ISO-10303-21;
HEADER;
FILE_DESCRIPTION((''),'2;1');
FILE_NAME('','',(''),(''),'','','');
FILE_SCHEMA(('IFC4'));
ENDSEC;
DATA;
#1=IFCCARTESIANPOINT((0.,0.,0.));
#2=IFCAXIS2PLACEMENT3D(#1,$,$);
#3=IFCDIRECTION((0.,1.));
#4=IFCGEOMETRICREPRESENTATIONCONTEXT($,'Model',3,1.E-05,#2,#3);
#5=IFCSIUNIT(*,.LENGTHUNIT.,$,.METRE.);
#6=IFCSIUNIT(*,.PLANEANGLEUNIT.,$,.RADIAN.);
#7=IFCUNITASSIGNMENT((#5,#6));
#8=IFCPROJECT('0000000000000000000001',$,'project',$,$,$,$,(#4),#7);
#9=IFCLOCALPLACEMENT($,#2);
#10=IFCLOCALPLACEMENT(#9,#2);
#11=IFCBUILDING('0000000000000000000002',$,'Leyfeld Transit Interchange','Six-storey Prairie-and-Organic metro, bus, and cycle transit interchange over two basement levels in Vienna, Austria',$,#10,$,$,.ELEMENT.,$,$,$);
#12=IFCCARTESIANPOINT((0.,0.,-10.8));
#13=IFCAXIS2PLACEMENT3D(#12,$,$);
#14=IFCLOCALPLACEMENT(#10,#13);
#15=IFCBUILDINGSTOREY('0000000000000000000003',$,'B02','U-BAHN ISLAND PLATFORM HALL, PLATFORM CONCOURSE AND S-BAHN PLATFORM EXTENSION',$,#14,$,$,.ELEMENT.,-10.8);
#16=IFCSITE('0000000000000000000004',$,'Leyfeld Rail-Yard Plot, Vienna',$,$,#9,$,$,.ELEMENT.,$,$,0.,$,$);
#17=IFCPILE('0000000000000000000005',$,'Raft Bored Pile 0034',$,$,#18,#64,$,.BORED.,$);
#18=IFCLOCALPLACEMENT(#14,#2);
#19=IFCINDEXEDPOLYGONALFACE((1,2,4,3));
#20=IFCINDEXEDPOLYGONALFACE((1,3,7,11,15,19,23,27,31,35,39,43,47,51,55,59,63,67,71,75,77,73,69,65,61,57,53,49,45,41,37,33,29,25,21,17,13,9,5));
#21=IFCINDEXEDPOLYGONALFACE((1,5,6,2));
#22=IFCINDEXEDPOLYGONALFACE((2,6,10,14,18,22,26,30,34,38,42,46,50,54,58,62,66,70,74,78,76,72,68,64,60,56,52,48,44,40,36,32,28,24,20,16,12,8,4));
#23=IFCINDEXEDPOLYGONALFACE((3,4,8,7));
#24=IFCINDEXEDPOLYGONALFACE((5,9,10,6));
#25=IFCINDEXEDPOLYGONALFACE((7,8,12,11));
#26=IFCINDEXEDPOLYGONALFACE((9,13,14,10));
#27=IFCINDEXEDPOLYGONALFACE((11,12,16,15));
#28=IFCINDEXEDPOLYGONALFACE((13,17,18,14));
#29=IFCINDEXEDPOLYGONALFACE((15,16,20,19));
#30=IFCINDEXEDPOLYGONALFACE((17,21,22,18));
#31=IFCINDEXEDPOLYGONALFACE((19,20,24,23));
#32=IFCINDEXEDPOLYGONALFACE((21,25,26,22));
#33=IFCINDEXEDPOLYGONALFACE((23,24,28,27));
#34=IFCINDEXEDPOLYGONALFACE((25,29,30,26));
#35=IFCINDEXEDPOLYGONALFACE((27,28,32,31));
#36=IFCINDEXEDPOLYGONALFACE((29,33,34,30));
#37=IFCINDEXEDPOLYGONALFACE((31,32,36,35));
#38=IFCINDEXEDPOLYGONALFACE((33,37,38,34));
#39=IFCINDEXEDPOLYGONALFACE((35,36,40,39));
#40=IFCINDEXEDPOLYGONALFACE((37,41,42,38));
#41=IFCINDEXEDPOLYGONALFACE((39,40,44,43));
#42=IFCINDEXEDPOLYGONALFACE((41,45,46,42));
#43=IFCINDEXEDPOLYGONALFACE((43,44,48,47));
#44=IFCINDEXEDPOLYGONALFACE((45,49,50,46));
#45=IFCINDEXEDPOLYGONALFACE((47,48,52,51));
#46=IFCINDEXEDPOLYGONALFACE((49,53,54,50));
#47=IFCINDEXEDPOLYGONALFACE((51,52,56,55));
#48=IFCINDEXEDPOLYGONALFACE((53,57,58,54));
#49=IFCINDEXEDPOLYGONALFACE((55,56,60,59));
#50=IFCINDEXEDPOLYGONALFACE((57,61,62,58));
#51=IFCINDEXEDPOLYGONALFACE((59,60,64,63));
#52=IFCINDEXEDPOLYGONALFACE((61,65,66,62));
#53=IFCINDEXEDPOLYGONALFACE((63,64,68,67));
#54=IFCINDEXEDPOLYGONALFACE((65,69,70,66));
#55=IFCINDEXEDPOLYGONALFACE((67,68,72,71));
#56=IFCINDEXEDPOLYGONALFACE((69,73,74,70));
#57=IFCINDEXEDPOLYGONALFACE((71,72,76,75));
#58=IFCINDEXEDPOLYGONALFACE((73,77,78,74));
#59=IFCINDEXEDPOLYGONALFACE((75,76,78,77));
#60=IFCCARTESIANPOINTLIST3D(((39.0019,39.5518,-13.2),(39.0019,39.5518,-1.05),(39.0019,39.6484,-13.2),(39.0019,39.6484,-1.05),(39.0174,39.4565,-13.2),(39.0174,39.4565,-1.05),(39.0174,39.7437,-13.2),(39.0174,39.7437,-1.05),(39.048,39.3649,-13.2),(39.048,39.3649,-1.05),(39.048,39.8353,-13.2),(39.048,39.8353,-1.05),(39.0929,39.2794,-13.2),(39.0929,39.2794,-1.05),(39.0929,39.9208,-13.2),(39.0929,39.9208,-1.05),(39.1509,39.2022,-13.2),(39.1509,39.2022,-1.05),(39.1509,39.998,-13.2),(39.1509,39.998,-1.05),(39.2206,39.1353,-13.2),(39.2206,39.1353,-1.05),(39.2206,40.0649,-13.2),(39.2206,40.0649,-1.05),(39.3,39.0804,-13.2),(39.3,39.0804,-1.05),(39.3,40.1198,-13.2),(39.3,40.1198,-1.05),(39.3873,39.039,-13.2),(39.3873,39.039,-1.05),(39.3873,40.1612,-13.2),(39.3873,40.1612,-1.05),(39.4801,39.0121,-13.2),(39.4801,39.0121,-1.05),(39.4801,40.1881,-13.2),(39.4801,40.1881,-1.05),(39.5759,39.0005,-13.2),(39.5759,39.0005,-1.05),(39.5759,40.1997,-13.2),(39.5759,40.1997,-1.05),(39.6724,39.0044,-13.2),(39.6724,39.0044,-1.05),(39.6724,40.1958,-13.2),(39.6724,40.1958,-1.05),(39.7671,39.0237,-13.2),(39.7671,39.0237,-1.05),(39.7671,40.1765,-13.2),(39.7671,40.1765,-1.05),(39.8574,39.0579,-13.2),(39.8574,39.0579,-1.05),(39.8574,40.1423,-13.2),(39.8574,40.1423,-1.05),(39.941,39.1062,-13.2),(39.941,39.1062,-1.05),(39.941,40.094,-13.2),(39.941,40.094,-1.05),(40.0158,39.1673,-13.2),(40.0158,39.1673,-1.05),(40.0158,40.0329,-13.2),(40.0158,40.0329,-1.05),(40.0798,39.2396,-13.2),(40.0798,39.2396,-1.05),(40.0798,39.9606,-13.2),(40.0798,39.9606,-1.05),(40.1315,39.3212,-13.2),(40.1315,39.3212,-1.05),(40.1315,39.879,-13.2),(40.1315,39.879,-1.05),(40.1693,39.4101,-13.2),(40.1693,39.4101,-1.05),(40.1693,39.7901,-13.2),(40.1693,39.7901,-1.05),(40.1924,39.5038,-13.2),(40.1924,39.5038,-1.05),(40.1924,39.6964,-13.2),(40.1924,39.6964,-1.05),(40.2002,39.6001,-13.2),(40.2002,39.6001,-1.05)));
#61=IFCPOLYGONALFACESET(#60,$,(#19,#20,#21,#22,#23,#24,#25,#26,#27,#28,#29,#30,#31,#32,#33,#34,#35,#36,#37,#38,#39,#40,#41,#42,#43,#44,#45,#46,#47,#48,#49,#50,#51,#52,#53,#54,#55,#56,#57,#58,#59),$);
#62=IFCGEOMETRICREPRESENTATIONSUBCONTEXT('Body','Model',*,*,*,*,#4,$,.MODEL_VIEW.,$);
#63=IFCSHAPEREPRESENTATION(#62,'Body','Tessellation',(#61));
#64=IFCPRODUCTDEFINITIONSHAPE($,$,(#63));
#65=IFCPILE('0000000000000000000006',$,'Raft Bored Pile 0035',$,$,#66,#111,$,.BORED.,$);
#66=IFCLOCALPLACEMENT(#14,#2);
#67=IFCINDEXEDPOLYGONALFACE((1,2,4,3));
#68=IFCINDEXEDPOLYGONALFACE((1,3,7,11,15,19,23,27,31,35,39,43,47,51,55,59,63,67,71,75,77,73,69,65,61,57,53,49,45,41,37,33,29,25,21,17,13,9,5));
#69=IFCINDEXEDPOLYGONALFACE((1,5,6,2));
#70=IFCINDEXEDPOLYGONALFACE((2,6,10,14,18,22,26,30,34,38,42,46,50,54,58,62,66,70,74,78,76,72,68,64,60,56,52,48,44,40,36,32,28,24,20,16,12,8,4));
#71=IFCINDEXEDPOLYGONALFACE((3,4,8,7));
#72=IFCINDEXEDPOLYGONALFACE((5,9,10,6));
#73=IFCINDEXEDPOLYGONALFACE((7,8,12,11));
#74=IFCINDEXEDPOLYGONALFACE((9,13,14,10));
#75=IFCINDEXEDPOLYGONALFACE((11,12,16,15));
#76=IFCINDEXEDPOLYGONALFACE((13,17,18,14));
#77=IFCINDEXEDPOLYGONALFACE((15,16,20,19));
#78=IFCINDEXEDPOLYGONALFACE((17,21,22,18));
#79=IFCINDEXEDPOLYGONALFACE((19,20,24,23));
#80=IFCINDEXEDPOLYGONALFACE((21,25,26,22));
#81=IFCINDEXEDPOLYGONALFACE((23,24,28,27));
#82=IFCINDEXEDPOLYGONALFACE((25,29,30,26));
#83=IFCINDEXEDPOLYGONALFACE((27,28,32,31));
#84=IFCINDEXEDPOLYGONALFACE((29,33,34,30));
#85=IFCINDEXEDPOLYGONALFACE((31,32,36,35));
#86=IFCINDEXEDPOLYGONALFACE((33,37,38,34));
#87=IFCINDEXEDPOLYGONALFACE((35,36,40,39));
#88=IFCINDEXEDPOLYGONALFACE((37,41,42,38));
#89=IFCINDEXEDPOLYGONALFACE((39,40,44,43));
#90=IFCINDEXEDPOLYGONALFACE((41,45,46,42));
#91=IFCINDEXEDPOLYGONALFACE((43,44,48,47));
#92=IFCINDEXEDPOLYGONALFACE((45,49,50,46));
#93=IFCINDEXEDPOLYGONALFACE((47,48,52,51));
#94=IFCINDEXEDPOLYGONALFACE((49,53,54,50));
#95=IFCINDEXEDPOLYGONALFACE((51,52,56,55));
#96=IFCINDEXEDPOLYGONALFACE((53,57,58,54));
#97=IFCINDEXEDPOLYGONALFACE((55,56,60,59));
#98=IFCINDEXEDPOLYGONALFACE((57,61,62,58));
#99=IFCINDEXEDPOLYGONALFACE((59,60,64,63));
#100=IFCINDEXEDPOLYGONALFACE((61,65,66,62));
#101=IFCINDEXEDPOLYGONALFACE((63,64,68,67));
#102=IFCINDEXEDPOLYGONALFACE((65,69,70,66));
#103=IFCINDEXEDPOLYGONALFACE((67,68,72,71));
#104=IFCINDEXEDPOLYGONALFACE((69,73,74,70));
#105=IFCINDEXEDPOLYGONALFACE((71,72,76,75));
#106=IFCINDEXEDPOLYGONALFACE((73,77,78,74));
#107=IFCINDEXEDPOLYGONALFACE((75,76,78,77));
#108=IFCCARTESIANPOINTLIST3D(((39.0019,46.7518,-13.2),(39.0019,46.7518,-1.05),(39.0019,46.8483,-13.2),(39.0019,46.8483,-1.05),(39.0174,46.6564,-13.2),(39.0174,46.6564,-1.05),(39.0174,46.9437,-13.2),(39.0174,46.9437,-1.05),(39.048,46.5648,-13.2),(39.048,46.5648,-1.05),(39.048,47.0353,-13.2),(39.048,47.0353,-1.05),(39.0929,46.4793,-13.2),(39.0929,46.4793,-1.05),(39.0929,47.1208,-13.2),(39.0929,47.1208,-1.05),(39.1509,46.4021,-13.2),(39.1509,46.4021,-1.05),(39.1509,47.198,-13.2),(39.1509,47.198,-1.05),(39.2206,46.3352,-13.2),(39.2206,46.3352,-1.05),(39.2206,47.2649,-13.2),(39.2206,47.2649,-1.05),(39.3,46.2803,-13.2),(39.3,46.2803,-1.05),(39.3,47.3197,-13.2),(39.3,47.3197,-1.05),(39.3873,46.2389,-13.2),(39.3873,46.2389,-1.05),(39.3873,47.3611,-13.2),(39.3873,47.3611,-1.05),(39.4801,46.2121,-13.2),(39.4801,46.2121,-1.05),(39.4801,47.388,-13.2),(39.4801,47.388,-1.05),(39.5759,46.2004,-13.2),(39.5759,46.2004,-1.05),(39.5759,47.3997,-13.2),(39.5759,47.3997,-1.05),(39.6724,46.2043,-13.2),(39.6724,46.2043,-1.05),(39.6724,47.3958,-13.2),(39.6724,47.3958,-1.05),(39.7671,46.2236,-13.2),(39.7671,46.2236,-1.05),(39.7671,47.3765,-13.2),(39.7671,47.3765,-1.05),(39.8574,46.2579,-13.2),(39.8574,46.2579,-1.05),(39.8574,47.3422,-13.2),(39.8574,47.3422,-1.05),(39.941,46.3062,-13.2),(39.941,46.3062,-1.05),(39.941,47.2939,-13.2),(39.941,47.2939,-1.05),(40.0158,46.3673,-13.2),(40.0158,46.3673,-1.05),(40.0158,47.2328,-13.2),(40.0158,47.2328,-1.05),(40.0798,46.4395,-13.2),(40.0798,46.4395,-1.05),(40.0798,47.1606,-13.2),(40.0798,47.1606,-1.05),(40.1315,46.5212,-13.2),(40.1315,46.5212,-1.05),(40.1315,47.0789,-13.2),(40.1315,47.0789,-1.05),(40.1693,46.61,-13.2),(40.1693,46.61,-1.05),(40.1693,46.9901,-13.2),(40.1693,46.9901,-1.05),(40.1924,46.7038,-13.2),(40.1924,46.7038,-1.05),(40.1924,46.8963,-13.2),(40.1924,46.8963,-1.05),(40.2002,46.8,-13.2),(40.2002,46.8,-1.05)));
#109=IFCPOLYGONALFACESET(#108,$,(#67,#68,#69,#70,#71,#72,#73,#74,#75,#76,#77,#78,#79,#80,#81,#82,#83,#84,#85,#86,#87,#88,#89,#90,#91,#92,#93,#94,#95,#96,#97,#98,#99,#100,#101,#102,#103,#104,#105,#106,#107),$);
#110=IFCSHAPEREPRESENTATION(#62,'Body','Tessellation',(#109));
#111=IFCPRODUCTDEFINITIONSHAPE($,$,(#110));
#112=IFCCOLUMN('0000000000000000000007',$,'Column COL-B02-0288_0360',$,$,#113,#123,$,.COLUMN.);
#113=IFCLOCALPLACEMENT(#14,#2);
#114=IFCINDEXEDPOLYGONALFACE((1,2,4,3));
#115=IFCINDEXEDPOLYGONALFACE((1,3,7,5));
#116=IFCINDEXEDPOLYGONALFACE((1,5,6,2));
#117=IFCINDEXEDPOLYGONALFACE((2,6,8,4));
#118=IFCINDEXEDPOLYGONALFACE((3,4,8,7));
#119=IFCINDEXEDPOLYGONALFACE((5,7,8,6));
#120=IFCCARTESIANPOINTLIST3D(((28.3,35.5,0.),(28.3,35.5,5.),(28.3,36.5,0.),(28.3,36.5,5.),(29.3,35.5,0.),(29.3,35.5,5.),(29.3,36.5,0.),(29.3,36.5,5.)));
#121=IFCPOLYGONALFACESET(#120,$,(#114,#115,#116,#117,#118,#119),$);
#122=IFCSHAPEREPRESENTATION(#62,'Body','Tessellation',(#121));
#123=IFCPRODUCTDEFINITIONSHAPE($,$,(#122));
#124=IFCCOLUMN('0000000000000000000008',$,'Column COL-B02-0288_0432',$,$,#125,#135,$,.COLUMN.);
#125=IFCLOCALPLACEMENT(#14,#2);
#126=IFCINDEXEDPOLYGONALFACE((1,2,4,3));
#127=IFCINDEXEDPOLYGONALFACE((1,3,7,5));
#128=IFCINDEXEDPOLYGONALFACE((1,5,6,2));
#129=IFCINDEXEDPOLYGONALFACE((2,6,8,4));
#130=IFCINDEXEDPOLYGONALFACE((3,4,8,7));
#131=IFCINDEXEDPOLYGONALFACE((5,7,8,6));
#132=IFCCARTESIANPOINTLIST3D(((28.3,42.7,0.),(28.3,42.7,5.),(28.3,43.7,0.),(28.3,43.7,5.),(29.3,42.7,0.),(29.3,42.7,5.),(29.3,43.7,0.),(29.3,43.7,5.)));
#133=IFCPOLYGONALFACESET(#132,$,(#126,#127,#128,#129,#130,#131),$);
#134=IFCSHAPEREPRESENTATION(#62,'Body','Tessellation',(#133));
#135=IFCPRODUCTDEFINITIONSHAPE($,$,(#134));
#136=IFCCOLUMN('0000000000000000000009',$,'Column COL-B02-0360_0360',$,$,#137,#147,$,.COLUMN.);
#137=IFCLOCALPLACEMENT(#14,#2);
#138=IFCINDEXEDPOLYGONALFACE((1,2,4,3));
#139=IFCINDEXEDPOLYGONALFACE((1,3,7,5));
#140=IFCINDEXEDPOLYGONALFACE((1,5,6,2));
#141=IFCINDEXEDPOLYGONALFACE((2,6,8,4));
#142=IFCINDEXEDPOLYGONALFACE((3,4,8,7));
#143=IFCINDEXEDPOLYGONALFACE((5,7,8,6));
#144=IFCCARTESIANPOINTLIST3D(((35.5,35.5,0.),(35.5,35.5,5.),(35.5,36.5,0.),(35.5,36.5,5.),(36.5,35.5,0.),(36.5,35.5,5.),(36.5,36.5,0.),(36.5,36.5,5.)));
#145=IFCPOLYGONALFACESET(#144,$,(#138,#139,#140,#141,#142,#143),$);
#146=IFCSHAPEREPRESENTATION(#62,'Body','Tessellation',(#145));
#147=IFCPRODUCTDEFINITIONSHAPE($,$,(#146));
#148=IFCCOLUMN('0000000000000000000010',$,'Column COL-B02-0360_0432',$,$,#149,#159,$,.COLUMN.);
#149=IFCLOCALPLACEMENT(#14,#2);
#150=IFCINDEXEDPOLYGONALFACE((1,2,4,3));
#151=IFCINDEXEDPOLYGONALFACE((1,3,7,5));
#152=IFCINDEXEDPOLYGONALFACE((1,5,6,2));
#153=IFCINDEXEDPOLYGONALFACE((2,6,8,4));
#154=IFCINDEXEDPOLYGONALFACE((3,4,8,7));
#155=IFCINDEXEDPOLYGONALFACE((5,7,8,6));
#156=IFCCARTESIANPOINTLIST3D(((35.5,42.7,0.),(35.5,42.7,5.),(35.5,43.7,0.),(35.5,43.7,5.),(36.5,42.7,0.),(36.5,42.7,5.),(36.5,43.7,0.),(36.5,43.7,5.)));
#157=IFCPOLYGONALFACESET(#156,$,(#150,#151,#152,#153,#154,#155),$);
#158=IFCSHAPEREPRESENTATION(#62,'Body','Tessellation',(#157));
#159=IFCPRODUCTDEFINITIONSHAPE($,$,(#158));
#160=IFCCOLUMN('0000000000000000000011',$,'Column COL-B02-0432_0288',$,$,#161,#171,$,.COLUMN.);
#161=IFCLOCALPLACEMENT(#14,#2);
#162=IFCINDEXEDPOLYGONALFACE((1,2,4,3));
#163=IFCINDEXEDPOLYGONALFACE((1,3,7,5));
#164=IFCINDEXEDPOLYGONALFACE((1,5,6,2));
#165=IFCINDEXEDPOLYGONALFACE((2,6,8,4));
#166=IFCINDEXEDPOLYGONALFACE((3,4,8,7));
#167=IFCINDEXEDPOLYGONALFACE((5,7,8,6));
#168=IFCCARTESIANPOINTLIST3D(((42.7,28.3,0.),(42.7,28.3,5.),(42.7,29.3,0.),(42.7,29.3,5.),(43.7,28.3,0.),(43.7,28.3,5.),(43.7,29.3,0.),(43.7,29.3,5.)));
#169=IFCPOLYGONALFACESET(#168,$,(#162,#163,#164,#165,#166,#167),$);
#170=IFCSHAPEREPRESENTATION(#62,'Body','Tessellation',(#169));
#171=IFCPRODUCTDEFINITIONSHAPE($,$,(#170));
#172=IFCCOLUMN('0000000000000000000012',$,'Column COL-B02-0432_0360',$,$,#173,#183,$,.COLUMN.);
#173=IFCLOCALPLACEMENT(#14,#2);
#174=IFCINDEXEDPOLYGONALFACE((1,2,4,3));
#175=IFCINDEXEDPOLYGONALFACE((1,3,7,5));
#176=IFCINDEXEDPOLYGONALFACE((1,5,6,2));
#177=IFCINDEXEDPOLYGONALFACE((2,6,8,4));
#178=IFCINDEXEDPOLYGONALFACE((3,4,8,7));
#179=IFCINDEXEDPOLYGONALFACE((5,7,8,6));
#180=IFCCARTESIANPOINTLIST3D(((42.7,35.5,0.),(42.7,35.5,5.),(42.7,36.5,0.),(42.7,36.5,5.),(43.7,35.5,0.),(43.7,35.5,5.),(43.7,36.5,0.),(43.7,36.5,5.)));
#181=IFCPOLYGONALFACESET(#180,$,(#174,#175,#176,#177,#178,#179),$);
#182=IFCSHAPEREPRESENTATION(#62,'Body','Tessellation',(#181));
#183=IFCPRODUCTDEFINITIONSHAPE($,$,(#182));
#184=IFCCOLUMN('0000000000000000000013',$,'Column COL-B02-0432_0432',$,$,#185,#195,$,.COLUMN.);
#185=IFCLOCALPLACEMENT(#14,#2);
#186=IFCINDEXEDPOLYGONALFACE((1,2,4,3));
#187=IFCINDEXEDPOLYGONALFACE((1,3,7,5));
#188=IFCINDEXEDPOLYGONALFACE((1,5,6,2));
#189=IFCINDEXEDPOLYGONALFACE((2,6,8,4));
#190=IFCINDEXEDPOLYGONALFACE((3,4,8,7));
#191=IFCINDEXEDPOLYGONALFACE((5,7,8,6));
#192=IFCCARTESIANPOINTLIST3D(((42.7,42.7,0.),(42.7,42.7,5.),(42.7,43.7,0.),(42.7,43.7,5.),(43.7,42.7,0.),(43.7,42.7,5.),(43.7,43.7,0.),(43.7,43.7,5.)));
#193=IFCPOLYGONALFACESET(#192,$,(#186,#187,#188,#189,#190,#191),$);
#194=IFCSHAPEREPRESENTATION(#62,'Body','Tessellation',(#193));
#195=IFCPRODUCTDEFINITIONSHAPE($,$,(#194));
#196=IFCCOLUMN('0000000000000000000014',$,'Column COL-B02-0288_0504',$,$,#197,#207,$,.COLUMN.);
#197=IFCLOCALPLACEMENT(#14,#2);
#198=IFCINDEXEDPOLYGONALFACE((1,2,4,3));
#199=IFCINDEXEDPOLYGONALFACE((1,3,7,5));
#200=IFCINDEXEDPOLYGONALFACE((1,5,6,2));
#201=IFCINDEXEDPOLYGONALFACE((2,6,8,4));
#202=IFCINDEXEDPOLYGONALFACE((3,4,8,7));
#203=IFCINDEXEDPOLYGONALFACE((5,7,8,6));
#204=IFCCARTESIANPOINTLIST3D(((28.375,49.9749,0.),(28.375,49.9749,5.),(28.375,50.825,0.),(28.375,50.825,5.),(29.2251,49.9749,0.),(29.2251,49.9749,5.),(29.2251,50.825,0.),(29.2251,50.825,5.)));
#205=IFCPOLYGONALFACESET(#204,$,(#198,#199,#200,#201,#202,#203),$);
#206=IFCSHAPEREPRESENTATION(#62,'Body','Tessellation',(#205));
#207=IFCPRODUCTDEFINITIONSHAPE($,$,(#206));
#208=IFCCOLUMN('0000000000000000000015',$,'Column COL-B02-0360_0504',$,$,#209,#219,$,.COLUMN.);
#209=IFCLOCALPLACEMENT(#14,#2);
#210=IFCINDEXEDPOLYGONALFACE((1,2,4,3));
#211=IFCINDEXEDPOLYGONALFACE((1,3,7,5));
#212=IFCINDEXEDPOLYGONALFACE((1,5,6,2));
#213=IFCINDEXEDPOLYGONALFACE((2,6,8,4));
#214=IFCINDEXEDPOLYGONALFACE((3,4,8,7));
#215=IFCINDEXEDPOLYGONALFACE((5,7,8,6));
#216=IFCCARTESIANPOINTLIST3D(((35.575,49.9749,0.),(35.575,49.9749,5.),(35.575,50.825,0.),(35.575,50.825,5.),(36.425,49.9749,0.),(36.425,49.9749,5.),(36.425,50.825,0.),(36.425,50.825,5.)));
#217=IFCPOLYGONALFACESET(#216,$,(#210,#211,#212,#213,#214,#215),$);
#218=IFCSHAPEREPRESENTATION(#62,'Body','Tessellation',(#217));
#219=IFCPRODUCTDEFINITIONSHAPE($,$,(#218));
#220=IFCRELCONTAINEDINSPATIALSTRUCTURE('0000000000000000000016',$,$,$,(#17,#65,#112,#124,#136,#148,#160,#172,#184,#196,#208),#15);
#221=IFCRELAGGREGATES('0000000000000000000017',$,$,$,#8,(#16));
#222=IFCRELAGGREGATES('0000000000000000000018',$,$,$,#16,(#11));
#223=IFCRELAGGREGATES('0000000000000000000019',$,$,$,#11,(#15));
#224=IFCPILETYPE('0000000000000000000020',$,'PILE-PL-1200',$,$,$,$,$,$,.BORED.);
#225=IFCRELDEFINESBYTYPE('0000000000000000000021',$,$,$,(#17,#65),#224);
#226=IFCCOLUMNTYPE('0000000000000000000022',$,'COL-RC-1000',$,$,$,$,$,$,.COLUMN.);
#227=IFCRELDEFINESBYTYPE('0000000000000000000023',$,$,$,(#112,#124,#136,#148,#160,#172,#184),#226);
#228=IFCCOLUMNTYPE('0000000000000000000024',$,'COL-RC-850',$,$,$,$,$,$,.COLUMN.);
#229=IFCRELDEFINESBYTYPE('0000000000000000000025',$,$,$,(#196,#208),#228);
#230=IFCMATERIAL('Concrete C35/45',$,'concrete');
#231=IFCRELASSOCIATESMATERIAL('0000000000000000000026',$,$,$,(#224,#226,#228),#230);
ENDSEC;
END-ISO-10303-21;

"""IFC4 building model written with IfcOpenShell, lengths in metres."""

from ifc_helpers import new_model, si_unit, direction, frame, origin, origin_2d, place, context, subcontext, project, spatial, rectangle, circle, extrude, material, material_profile, profile_set, type_object, element, save


model = new_model("IFC4")

# Units and contexts
model_context = context("Model", 3, precision=1e-05, world=origin(), true_north=direction((0.0, 1.0)))
body_context = subcontext(model_context, "Body", "Model", "MODEL_VIEW")
ifc_project = project(units=[si_unit("LENGTHUNIT", "METRE"), si_unit("PLANEANGLEUNIT", "RADIAN")], contexts=[model_context])

# Site, building, storey
site_placement = place(None, origin())
site = spatial("IfcSite", under=ifc_project, at=site_placement, Name="Leyfeld Rail-Yard Plot, Vienna", CompositionType="ELEMENT", RefElevation=0.0)
building_placement = place(site_placement, origin())
building = spatial("IfcBuilding", under=site, at=building_placement, Name="Leyfeld Transit Interchange", Description="Six-storey Prairie-and-Organic metro, bus, and cycle transit interchange over two basement levels in Vienna, Austria", CompositionType="ELEMENT")
storey_placement = place(building_placement, frame((0.0, 0.0, -10.8)))
storey = spatial("IfcBuildingStorey", under=building, at=storey_placement, Name="B02", Description="U-BAHN ISLAND PLATFORM HALL, PLATFORM CONCOURSE AND S-BAHN PLATFORM EXTENSION", CompositionType="ELEMENT", Elevation=-10.8)

# Piles
ifc_material = material(Name="Concrete C35/45", Category="concrete")
ifc_material_profile_1 = material_profile(ifc_material, circle(Radius=0.6001, at=origin_2d()), Name="PILE D1200")
ifc_profile_set_1 = profile_set([ifc_material_profile_1], Name="Concrete C35/45")
pile_type = type_object("IfcPileType", Name="PILE-PL-1200", PredefinedType="BORED", material=ifc_profile_set_1)
for number, where, z_axis, x_axis, name in (
    (1, (39.6001, 39.6001, -1.05), (0.0, 0.0, -1.0), (1.0, 0.0, 0.0), "Raft Bored Pile 0034"),
    (2, (39.6001, 46.8, -1.05), (0.0, 0.0, -1.0), (1.0, 0.0, 0.0), "Raft Bored Pile 0035"),
):
    element("IfcPile", number, at=place(storey_placement, frame(where, z_axis=z_axis, x_axis=x_axis)), inside=storey, type_object=pile_type, Name=name, PredefinedType="BORED", context=body_context, shape_type="SweptSolid", body=[
        extrude(circle(Radius=0.6001, at=origin_2d()), origin(), (0.0, 0.0, 1.0), 12.1499),
    ])

# Columns
ifc_material_profile_2 = material_profile(ifc_material, rectangle(XDim=1.0, YDim=1.0, at=origin_2d()), Name="RC 1000x1000")
ifc_profile_set_2 = profile_set([ifc_material_profile_2], Name="Concrete C35/45")
column_type_1 = type_object("IfcColumnType", Name="COL-RC-1000", PredefinedType="COLUMN", material=ifc_profile_set_2)
for number, where, z_axis, x_axis, name in (
    (3, (28.8, 36.0, 0.0), (0.0, 0.0, 1.0), (1.0, 0.0, 0.0), "Column COL-B02-0288_0360"),
    (4, (28.8, 43.2, 0.0), (0.0, 0.0, 1.0), (1.0, 0.0, 0.0), "Column COL-B02-0288_0432"),
    (5, (36.0, 36.0, 0.0), (0.0, 0.0, 1.0), (1.0, 0.0, 0.0), "Column COL-B02-0360_0360"),
    (6, (36.0, 43.2, 0.0), (0.0, 0.0, 1.0), (1.0, 0.0, 0.0), "Column COL-B02-0360_0432"),
    (7, (43.2, 28.8, 0.0), (0.0, 0.0, 1.0), (1.0, 0.0, 0.0), "Column COL-B02-0432_0288"),
    (8, (43.2, 36.0, 0.0), (0.0, 0.0, 1.0), (1.0, 0.0, 0.0), "Column COL-B02-0432_0360"),
    (9, (43.2, 43.2, 0.0), (0.0, 0.0, 1.0), (1.0, 0.0, 0.0), "Column COL-B02-0432_0432"),
):
    element("IfcColumn", number, at=place(storey_placement, frame(where, z_axis=z_axis, x_axis=x_axis)), inside=storey, type_object=column_type_1, Name=name, PredefinedType="COLUMN", context=body_context, shape_type="SweptSolid", body=[
        extrude(rectangle(XDim=1.0, YDim=1.0, at=origin_2d()), origin(), (0.0, 0.0, 1.0), 5.0),
    ])
ifc_material_profile_3 = material_profile(ifc_material, rectangle(XDim=0.8501, YDim=0.8501, at=origin_2d()), Name="RC 850x850")
ifc_profile_set_3 = profile_set([ifc_material_profile_3], Name="Concrete C35/45")
column_type_2 = type_object("IfcColumnType", Name="COL-RC-850", PredefinedType="COLUMN", material=ifc_profile_set_3)
for number, where, z_axis, x_axis, name in (
    (10, (28.8, 50.3999, 0.0), (0.0, 0.0, 1.0), (1.0, 0.0, 0.0), "Column COL-B02-0288_0504"),
    (11, (36.0, 50.3999, 0.0), (0.0, 0.0, 1.0), (1.0, 0.0, 0.0), "Column COL-B02-0360_0504"),
):
    element("IfcColumn", number, at=place(storey_placement, frame(where, z_axis=z_axis, x_axis=x_axis)), inside=storey, type_object=column_type_2, Name=name, PredefinedType="COLUMN", context=body_context, shape_type="SweptSolid", body=[
        extrude(rectangle(XDim=0.8501, YDim=0.8501, at=origin_2d()), origin(), (0.0, 0.0, 1.0), 5.0),
    ])

save(model, "model.ifc")
